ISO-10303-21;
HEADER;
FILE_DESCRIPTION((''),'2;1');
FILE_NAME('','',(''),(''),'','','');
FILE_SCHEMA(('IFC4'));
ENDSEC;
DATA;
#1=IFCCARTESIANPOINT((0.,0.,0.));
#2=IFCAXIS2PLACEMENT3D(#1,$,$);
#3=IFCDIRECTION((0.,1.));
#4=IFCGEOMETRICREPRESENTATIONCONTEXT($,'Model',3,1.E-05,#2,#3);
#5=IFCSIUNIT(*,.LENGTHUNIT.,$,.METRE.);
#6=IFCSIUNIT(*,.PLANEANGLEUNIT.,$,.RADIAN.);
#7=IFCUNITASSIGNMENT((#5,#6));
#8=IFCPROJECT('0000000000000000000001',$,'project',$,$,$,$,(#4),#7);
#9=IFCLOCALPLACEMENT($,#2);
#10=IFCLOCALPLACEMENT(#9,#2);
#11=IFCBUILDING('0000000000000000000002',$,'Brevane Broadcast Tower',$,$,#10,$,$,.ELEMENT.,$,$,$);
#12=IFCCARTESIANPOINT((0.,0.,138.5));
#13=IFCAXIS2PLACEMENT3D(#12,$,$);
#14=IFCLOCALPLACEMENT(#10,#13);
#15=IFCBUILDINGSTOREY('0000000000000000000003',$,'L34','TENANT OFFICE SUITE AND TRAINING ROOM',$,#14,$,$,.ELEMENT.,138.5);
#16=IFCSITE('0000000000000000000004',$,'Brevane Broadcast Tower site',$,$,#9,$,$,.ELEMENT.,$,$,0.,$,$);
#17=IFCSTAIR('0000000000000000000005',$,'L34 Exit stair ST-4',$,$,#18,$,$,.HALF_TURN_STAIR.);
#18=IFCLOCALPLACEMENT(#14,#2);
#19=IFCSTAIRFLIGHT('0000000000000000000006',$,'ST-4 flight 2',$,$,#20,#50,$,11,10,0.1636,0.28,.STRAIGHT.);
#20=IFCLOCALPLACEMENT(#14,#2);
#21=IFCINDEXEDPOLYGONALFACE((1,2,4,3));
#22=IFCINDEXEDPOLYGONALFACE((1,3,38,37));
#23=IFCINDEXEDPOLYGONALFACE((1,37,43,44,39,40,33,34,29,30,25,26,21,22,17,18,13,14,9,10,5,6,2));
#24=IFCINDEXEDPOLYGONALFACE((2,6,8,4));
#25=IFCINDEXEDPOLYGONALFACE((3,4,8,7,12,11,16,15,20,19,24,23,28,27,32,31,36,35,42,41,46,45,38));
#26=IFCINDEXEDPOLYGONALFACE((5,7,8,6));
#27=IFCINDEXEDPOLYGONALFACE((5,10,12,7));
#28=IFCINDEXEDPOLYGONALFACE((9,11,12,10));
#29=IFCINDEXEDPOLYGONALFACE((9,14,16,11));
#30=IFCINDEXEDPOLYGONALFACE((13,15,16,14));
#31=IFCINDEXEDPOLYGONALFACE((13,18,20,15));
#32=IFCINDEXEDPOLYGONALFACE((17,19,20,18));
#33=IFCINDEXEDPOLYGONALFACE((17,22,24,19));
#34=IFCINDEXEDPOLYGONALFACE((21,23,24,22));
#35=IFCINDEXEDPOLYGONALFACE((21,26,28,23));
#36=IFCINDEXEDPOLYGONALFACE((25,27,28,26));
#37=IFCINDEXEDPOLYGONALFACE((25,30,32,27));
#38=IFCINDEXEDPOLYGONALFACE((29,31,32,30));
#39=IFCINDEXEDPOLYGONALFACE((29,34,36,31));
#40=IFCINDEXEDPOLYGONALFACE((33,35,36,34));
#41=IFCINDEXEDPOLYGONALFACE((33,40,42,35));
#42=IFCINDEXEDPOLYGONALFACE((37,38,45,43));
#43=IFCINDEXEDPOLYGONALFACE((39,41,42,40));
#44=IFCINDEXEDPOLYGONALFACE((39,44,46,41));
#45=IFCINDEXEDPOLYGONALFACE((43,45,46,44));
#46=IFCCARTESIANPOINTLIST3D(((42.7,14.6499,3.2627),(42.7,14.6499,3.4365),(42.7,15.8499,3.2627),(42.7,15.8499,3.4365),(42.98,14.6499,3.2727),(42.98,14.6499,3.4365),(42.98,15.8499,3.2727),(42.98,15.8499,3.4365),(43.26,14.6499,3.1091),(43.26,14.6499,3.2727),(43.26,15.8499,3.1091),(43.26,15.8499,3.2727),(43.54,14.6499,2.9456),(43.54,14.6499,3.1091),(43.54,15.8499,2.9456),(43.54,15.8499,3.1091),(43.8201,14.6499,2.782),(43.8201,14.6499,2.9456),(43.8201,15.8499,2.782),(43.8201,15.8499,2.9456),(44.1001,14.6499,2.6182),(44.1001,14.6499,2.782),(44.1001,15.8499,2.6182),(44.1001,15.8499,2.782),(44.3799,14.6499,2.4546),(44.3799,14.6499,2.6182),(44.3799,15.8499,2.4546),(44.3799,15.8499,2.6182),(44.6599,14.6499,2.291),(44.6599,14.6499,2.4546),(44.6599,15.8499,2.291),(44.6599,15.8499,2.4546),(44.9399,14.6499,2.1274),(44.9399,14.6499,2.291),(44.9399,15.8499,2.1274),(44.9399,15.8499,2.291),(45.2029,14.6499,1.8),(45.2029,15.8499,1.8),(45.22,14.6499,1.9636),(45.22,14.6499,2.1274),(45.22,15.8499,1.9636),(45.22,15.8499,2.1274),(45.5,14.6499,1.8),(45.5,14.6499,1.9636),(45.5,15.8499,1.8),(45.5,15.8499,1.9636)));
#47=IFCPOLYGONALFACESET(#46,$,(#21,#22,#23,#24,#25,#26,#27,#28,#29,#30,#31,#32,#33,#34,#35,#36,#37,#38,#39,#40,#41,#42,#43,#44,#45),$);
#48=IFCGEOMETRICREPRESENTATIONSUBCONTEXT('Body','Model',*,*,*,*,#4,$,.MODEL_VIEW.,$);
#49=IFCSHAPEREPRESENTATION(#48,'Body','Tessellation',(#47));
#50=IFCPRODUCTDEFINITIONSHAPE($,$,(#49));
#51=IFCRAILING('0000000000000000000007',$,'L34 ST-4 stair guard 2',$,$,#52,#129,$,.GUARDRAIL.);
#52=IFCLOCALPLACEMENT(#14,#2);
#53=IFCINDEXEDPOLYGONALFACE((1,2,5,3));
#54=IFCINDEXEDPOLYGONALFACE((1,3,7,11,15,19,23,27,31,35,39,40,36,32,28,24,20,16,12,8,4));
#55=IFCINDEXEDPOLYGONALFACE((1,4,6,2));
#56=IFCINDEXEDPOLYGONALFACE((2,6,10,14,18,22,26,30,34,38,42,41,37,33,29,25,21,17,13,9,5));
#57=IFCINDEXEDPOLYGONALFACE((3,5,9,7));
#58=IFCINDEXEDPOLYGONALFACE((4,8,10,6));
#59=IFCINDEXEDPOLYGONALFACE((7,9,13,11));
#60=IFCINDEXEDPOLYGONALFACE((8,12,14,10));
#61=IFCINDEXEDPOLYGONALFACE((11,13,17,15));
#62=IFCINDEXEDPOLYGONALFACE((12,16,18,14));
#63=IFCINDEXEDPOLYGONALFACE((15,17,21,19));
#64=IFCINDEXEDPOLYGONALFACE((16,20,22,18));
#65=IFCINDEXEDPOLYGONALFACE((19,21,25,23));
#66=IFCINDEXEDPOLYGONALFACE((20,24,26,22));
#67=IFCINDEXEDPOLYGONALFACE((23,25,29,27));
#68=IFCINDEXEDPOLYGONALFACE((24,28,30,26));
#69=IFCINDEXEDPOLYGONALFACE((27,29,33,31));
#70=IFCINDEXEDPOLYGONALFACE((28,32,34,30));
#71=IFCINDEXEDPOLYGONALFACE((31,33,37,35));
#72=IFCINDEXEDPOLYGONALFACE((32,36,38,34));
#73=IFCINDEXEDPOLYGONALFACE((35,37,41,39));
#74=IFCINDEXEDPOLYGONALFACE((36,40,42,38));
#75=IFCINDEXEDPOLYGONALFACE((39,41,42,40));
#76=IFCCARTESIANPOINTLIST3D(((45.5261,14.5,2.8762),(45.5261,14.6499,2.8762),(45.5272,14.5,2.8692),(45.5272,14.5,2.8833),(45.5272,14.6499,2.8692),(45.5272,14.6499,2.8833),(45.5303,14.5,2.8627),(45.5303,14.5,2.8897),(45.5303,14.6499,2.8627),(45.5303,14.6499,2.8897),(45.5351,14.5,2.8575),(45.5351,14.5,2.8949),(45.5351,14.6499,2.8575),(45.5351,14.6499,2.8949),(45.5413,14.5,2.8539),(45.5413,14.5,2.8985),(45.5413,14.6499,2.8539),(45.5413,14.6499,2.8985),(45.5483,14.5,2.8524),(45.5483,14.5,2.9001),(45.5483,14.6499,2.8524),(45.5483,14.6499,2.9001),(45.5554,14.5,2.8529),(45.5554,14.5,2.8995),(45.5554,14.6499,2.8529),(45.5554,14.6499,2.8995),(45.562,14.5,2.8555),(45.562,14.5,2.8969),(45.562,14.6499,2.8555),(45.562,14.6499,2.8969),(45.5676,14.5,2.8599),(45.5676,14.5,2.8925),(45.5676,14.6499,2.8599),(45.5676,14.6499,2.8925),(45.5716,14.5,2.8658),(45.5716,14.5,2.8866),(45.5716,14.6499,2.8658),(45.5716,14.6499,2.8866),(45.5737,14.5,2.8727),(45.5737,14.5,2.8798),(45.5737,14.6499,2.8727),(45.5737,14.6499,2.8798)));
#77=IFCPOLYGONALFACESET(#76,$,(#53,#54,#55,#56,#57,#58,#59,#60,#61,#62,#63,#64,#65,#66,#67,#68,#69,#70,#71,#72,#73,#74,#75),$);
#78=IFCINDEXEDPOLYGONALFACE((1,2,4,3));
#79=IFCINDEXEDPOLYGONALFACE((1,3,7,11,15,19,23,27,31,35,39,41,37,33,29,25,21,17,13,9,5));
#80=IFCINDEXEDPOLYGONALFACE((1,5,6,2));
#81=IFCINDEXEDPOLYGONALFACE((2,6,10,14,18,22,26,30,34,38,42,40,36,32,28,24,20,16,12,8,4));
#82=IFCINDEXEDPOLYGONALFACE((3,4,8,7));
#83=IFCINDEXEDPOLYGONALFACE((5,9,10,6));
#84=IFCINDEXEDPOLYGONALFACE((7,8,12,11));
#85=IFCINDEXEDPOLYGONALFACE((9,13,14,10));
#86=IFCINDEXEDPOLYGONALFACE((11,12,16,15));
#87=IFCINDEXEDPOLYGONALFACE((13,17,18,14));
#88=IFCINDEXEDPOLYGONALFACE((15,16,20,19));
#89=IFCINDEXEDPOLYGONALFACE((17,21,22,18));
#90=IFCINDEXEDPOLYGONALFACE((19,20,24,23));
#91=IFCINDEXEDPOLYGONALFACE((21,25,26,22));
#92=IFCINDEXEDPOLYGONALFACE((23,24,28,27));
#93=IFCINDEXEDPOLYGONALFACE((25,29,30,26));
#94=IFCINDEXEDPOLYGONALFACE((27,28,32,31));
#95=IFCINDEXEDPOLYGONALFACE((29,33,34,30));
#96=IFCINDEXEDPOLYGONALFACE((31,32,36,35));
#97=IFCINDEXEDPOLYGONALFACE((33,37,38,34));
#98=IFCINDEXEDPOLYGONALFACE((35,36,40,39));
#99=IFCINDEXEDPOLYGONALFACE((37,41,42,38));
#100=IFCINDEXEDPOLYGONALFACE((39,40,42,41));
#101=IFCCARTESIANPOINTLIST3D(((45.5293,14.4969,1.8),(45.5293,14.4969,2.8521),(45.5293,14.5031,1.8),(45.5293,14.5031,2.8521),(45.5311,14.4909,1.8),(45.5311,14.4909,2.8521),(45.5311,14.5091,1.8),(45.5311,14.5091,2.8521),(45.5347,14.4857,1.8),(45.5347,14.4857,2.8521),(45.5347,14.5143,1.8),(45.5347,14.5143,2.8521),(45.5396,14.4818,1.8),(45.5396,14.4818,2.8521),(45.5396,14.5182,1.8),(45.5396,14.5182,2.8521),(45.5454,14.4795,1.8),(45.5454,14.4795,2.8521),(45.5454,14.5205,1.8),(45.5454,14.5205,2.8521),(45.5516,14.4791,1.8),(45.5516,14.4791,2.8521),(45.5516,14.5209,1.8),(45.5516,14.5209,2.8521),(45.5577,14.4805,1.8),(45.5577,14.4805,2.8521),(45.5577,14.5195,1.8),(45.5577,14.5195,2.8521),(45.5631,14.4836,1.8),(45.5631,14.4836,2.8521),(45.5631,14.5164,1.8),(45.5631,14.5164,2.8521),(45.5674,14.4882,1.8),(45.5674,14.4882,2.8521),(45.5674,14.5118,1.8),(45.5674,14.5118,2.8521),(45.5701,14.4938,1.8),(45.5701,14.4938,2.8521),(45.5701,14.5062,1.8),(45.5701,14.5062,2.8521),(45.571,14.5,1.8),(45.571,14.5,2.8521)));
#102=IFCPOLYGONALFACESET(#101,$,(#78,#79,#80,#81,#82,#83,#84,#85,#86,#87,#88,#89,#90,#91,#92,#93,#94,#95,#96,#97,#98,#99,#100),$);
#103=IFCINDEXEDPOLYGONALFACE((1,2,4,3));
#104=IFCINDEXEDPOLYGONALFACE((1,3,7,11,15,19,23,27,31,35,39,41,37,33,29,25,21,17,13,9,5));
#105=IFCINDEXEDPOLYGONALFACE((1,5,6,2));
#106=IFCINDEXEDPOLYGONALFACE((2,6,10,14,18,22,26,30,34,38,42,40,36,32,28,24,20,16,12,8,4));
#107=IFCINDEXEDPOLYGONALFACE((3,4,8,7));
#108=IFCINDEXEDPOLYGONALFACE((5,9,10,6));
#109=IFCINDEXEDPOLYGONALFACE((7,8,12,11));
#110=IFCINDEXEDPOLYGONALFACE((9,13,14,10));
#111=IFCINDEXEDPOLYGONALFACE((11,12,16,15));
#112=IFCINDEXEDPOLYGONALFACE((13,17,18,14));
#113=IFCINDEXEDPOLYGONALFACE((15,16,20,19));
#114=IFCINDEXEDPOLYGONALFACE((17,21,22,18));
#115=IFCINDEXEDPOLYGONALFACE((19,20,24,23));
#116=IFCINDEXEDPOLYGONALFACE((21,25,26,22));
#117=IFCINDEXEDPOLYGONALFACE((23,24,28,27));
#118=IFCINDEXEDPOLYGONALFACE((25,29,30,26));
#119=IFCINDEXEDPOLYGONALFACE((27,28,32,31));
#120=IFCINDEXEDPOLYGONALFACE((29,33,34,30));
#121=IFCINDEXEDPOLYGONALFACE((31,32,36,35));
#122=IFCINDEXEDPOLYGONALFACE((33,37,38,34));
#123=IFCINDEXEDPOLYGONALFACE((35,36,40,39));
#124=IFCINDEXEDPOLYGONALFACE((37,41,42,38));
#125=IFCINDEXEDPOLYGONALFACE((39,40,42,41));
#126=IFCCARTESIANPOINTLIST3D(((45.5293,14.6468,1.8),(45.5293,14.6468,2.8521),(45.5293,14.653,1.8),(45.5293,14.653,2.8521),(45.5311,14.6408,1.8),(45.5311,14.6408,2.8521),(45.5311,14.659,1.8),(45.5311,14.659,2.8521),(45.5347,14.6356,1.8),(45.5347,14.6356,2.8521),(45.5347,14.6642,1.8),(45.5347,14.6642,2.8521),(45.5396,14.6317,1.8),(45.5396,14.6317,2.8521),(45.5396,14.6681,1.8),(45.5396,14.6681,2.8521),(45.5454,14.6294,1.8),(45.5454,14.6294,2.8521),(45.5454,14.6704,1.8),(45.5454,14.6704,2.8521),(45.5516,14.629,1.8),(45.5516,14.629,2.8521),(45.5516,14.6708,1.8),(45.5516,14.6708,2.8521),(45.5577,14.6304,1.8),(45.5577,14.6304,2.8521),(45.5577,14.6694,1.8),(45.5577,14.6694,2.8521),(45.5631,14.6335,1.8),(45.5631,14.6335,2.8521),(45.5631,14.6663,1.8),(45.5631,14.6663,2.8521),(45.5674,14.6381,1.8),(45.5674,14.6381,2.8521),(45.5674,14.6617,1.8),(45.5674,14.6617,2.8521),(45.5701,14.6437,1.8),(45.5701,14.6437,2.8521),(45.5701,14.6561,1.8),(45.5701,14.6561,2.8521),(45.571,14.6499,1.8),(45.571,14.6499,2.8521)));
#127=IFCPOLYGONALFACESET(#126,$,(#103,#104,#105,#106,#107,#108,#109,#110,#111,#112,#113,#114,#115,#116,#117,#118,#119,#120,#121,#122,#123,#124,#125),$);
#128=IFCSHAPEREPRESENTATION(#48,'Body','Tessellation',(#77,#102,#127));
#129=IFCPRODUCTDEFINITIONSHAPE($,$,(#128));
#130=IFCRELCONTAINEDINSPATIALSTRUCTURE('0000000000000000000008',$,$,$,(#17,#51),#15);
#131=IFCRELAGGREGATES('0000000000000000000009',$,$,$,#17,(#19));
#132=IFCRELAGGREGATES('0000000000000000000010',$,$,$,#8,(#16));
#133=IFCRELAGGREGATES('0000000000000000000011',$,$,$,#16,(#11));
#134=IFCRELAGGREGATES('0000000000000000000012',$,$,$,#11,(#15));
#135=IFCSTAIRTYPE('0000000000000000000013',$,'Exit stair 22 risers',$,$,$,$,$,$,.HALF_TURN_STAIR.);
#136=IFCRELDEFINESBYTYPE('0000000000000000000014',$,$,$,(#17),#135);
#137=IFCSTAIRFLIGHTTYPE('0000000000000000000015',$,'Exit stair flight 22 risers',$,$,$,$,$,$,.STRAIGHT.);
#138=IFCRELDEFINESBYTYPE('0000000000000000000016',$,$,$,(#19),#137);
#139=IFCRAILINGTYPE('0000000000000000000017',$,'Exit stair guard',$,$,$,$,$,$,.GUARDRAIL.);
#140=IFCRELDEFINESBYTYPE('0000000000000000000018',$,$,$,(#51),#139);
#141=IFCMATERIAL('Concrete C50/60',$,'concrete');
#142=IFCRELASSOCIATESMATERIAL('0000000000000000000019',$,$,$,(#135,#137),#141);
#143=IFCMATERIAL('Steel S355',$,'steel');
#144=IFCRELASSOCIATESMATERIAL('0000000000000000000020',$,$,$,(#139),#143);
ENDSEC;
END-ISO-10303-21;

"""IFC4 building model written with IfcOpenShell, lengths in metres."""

from ifc_helpers import new_model, si_unit, direction, frame, origin, origin_2d, place, context, subcontext, project, spatial, polyline, circle, outline, extrude, material, type_object, element, aggregate, save


model = new_model("IFC4")

# Units and contexts
model_context = context("Model", 3, precision=1e-05, world=origin(), true_north=direction((0.0, 1.0)))
body_context = subcontext(model_context, "Body", "Model", "MODEL_VIEW")
ifc_project = project(units=[si_unit("LENGTHUNIT", "METRE"), si_unit("PLANEANGLEUNIT", "RADIAN")], contexts=[model_context])

# Site, building, storey
site_placement = place(None, origin())
site = spatial("IfcSite", under=ifc_project, at=site_placement, Name="Brevane Broadcast Tower site", CompositionType="ELEMENT", RefElevation=0.0)
building_placement = place(site_placement, origin())
building = spatial("IfcBuilding", under=site, at=building_placement, Name="Brevane Broadcast Tower", CompositionType="ELEMENT")
storey_placement = place(building_placement, frame((0.0, 0.0, 138.5)))
storey = spatial("IfcBuildingStorey", under=building, at=storey_placement, Name="L34", Description="TENANT OFFICE SUITE AND TRAINING ROOM", CompositionType="ELEMENT", Elevation=138.5)

# Stair, stair flight
ifc_material_1 = material(Name="Concrete C50/60", Category="concrete")
stair_type = type_object("IfcStairType", Name="Exit stair 22 risers", PredefinedType="HALF_TURN_STAIR", material=ifc_material_1)
stair_placement = place(storey_placement, origin())
stair = element("IfcStair", 1, at=stair_placement, inside=storey, type_object=stair_type, Name="L34 Exit stair ST-4", PredefinedType="HALF_TURN_STAIR")
stair_flight_type = type_object("IfcStairFlightType", Name="Exit stair flight 22 risers", PredefinedType="STRAIGHT", material=ifc_material_1)
stair_flight_placement = place(storey_placement, frame((45.5, 15.25, 1.8), z_axis=(0.0, 0.0, 1.0), x_axis=(-1.0, 0.0, 0.0)))
stair_flight = element("IfcStairFlight", 2, at=stair_flight_placement, type_object=stair_flight_type, Name="ST-4 flight 2", NumberOfRisers=11, NumberOfTreads=10, PredefinedType="STRAIGHT", RiserHeight=0.1636, TreadLength=0.28, context=body_context, shape_type="SweptSolid", body=[
    extrude(outline(polyline([(0.0, 0.0), (0.0, 0.1636), (0.28, 0.1636), (0.28, 0.3274), (0.5601, 0.3274), (0.5601, 0.491), (0.8401, 0.491), (0.8401, 0.6545), (1.1201, 0.6545), (1.1201, 0.8181), (1.3999, 0.8181), (1.3999, 0.9819), (1.6799, 0.9819), (1.6799, 1.1455), (1.96, 1.1455), (1.96, 1.3091), (2.24, 1.3091), (2.24, 1.4727), (2.52, 1.4727), (2.52, 1.6365), (2.8, 1.6365), (2.8, 1.8), (2.8, 1.4626), (0.2971, 0.0), (0.0, 0.0)])), frame((0.0, 0.6001, 0.0), z_axis=(0.0, -1.0, 0.0), x_axis=(1.0, 0.0, 0.0)), (0.0, 0.0, 1.0), 1.2),
])
aggregate(stair, [stair_flight])

# Railing
ifc_material_2 = material(Name="Steel S355", Category="steel")
railing_type_1 = type_object("IfcRailingType", Name="Exit stair guard", PredefinedType="GUARDRAIL", material=ifc_material_2)
railing_1_placement = place(storey_placement, frame((45.55, 14.5, 1.8)))
element("IfcRailing", 3, at=railing_1_placement, inside=storey, type_object=railing_type_1, Name="L34 ST-4 stair guard 2", PredefinedType="GUARDRAIL", context=body_context, shape_type="SweptSolid", body=[
    extrude(circle(Radius=0.0239, at=origin_2d()), frame((0.0, 0.0, 1.0762), z_axis=(0.0, 1.0, 0.0), x_axis=(-1.0, 0.0, 0.0)), (0.0, 0.0, 1.0), 0.1499),
    extrude(circle(Radius=0.021, at=origin_2d()), origin(), (0.0, 0.0, 1.0), 1.052),
    extrude(circle(Radius=0.021, at=origin_2d()), frame((0.0, 0.1499, 0.0)), (0.0, 0.0, 1.0), 1.052),
])

save(model, "model.ifc")
